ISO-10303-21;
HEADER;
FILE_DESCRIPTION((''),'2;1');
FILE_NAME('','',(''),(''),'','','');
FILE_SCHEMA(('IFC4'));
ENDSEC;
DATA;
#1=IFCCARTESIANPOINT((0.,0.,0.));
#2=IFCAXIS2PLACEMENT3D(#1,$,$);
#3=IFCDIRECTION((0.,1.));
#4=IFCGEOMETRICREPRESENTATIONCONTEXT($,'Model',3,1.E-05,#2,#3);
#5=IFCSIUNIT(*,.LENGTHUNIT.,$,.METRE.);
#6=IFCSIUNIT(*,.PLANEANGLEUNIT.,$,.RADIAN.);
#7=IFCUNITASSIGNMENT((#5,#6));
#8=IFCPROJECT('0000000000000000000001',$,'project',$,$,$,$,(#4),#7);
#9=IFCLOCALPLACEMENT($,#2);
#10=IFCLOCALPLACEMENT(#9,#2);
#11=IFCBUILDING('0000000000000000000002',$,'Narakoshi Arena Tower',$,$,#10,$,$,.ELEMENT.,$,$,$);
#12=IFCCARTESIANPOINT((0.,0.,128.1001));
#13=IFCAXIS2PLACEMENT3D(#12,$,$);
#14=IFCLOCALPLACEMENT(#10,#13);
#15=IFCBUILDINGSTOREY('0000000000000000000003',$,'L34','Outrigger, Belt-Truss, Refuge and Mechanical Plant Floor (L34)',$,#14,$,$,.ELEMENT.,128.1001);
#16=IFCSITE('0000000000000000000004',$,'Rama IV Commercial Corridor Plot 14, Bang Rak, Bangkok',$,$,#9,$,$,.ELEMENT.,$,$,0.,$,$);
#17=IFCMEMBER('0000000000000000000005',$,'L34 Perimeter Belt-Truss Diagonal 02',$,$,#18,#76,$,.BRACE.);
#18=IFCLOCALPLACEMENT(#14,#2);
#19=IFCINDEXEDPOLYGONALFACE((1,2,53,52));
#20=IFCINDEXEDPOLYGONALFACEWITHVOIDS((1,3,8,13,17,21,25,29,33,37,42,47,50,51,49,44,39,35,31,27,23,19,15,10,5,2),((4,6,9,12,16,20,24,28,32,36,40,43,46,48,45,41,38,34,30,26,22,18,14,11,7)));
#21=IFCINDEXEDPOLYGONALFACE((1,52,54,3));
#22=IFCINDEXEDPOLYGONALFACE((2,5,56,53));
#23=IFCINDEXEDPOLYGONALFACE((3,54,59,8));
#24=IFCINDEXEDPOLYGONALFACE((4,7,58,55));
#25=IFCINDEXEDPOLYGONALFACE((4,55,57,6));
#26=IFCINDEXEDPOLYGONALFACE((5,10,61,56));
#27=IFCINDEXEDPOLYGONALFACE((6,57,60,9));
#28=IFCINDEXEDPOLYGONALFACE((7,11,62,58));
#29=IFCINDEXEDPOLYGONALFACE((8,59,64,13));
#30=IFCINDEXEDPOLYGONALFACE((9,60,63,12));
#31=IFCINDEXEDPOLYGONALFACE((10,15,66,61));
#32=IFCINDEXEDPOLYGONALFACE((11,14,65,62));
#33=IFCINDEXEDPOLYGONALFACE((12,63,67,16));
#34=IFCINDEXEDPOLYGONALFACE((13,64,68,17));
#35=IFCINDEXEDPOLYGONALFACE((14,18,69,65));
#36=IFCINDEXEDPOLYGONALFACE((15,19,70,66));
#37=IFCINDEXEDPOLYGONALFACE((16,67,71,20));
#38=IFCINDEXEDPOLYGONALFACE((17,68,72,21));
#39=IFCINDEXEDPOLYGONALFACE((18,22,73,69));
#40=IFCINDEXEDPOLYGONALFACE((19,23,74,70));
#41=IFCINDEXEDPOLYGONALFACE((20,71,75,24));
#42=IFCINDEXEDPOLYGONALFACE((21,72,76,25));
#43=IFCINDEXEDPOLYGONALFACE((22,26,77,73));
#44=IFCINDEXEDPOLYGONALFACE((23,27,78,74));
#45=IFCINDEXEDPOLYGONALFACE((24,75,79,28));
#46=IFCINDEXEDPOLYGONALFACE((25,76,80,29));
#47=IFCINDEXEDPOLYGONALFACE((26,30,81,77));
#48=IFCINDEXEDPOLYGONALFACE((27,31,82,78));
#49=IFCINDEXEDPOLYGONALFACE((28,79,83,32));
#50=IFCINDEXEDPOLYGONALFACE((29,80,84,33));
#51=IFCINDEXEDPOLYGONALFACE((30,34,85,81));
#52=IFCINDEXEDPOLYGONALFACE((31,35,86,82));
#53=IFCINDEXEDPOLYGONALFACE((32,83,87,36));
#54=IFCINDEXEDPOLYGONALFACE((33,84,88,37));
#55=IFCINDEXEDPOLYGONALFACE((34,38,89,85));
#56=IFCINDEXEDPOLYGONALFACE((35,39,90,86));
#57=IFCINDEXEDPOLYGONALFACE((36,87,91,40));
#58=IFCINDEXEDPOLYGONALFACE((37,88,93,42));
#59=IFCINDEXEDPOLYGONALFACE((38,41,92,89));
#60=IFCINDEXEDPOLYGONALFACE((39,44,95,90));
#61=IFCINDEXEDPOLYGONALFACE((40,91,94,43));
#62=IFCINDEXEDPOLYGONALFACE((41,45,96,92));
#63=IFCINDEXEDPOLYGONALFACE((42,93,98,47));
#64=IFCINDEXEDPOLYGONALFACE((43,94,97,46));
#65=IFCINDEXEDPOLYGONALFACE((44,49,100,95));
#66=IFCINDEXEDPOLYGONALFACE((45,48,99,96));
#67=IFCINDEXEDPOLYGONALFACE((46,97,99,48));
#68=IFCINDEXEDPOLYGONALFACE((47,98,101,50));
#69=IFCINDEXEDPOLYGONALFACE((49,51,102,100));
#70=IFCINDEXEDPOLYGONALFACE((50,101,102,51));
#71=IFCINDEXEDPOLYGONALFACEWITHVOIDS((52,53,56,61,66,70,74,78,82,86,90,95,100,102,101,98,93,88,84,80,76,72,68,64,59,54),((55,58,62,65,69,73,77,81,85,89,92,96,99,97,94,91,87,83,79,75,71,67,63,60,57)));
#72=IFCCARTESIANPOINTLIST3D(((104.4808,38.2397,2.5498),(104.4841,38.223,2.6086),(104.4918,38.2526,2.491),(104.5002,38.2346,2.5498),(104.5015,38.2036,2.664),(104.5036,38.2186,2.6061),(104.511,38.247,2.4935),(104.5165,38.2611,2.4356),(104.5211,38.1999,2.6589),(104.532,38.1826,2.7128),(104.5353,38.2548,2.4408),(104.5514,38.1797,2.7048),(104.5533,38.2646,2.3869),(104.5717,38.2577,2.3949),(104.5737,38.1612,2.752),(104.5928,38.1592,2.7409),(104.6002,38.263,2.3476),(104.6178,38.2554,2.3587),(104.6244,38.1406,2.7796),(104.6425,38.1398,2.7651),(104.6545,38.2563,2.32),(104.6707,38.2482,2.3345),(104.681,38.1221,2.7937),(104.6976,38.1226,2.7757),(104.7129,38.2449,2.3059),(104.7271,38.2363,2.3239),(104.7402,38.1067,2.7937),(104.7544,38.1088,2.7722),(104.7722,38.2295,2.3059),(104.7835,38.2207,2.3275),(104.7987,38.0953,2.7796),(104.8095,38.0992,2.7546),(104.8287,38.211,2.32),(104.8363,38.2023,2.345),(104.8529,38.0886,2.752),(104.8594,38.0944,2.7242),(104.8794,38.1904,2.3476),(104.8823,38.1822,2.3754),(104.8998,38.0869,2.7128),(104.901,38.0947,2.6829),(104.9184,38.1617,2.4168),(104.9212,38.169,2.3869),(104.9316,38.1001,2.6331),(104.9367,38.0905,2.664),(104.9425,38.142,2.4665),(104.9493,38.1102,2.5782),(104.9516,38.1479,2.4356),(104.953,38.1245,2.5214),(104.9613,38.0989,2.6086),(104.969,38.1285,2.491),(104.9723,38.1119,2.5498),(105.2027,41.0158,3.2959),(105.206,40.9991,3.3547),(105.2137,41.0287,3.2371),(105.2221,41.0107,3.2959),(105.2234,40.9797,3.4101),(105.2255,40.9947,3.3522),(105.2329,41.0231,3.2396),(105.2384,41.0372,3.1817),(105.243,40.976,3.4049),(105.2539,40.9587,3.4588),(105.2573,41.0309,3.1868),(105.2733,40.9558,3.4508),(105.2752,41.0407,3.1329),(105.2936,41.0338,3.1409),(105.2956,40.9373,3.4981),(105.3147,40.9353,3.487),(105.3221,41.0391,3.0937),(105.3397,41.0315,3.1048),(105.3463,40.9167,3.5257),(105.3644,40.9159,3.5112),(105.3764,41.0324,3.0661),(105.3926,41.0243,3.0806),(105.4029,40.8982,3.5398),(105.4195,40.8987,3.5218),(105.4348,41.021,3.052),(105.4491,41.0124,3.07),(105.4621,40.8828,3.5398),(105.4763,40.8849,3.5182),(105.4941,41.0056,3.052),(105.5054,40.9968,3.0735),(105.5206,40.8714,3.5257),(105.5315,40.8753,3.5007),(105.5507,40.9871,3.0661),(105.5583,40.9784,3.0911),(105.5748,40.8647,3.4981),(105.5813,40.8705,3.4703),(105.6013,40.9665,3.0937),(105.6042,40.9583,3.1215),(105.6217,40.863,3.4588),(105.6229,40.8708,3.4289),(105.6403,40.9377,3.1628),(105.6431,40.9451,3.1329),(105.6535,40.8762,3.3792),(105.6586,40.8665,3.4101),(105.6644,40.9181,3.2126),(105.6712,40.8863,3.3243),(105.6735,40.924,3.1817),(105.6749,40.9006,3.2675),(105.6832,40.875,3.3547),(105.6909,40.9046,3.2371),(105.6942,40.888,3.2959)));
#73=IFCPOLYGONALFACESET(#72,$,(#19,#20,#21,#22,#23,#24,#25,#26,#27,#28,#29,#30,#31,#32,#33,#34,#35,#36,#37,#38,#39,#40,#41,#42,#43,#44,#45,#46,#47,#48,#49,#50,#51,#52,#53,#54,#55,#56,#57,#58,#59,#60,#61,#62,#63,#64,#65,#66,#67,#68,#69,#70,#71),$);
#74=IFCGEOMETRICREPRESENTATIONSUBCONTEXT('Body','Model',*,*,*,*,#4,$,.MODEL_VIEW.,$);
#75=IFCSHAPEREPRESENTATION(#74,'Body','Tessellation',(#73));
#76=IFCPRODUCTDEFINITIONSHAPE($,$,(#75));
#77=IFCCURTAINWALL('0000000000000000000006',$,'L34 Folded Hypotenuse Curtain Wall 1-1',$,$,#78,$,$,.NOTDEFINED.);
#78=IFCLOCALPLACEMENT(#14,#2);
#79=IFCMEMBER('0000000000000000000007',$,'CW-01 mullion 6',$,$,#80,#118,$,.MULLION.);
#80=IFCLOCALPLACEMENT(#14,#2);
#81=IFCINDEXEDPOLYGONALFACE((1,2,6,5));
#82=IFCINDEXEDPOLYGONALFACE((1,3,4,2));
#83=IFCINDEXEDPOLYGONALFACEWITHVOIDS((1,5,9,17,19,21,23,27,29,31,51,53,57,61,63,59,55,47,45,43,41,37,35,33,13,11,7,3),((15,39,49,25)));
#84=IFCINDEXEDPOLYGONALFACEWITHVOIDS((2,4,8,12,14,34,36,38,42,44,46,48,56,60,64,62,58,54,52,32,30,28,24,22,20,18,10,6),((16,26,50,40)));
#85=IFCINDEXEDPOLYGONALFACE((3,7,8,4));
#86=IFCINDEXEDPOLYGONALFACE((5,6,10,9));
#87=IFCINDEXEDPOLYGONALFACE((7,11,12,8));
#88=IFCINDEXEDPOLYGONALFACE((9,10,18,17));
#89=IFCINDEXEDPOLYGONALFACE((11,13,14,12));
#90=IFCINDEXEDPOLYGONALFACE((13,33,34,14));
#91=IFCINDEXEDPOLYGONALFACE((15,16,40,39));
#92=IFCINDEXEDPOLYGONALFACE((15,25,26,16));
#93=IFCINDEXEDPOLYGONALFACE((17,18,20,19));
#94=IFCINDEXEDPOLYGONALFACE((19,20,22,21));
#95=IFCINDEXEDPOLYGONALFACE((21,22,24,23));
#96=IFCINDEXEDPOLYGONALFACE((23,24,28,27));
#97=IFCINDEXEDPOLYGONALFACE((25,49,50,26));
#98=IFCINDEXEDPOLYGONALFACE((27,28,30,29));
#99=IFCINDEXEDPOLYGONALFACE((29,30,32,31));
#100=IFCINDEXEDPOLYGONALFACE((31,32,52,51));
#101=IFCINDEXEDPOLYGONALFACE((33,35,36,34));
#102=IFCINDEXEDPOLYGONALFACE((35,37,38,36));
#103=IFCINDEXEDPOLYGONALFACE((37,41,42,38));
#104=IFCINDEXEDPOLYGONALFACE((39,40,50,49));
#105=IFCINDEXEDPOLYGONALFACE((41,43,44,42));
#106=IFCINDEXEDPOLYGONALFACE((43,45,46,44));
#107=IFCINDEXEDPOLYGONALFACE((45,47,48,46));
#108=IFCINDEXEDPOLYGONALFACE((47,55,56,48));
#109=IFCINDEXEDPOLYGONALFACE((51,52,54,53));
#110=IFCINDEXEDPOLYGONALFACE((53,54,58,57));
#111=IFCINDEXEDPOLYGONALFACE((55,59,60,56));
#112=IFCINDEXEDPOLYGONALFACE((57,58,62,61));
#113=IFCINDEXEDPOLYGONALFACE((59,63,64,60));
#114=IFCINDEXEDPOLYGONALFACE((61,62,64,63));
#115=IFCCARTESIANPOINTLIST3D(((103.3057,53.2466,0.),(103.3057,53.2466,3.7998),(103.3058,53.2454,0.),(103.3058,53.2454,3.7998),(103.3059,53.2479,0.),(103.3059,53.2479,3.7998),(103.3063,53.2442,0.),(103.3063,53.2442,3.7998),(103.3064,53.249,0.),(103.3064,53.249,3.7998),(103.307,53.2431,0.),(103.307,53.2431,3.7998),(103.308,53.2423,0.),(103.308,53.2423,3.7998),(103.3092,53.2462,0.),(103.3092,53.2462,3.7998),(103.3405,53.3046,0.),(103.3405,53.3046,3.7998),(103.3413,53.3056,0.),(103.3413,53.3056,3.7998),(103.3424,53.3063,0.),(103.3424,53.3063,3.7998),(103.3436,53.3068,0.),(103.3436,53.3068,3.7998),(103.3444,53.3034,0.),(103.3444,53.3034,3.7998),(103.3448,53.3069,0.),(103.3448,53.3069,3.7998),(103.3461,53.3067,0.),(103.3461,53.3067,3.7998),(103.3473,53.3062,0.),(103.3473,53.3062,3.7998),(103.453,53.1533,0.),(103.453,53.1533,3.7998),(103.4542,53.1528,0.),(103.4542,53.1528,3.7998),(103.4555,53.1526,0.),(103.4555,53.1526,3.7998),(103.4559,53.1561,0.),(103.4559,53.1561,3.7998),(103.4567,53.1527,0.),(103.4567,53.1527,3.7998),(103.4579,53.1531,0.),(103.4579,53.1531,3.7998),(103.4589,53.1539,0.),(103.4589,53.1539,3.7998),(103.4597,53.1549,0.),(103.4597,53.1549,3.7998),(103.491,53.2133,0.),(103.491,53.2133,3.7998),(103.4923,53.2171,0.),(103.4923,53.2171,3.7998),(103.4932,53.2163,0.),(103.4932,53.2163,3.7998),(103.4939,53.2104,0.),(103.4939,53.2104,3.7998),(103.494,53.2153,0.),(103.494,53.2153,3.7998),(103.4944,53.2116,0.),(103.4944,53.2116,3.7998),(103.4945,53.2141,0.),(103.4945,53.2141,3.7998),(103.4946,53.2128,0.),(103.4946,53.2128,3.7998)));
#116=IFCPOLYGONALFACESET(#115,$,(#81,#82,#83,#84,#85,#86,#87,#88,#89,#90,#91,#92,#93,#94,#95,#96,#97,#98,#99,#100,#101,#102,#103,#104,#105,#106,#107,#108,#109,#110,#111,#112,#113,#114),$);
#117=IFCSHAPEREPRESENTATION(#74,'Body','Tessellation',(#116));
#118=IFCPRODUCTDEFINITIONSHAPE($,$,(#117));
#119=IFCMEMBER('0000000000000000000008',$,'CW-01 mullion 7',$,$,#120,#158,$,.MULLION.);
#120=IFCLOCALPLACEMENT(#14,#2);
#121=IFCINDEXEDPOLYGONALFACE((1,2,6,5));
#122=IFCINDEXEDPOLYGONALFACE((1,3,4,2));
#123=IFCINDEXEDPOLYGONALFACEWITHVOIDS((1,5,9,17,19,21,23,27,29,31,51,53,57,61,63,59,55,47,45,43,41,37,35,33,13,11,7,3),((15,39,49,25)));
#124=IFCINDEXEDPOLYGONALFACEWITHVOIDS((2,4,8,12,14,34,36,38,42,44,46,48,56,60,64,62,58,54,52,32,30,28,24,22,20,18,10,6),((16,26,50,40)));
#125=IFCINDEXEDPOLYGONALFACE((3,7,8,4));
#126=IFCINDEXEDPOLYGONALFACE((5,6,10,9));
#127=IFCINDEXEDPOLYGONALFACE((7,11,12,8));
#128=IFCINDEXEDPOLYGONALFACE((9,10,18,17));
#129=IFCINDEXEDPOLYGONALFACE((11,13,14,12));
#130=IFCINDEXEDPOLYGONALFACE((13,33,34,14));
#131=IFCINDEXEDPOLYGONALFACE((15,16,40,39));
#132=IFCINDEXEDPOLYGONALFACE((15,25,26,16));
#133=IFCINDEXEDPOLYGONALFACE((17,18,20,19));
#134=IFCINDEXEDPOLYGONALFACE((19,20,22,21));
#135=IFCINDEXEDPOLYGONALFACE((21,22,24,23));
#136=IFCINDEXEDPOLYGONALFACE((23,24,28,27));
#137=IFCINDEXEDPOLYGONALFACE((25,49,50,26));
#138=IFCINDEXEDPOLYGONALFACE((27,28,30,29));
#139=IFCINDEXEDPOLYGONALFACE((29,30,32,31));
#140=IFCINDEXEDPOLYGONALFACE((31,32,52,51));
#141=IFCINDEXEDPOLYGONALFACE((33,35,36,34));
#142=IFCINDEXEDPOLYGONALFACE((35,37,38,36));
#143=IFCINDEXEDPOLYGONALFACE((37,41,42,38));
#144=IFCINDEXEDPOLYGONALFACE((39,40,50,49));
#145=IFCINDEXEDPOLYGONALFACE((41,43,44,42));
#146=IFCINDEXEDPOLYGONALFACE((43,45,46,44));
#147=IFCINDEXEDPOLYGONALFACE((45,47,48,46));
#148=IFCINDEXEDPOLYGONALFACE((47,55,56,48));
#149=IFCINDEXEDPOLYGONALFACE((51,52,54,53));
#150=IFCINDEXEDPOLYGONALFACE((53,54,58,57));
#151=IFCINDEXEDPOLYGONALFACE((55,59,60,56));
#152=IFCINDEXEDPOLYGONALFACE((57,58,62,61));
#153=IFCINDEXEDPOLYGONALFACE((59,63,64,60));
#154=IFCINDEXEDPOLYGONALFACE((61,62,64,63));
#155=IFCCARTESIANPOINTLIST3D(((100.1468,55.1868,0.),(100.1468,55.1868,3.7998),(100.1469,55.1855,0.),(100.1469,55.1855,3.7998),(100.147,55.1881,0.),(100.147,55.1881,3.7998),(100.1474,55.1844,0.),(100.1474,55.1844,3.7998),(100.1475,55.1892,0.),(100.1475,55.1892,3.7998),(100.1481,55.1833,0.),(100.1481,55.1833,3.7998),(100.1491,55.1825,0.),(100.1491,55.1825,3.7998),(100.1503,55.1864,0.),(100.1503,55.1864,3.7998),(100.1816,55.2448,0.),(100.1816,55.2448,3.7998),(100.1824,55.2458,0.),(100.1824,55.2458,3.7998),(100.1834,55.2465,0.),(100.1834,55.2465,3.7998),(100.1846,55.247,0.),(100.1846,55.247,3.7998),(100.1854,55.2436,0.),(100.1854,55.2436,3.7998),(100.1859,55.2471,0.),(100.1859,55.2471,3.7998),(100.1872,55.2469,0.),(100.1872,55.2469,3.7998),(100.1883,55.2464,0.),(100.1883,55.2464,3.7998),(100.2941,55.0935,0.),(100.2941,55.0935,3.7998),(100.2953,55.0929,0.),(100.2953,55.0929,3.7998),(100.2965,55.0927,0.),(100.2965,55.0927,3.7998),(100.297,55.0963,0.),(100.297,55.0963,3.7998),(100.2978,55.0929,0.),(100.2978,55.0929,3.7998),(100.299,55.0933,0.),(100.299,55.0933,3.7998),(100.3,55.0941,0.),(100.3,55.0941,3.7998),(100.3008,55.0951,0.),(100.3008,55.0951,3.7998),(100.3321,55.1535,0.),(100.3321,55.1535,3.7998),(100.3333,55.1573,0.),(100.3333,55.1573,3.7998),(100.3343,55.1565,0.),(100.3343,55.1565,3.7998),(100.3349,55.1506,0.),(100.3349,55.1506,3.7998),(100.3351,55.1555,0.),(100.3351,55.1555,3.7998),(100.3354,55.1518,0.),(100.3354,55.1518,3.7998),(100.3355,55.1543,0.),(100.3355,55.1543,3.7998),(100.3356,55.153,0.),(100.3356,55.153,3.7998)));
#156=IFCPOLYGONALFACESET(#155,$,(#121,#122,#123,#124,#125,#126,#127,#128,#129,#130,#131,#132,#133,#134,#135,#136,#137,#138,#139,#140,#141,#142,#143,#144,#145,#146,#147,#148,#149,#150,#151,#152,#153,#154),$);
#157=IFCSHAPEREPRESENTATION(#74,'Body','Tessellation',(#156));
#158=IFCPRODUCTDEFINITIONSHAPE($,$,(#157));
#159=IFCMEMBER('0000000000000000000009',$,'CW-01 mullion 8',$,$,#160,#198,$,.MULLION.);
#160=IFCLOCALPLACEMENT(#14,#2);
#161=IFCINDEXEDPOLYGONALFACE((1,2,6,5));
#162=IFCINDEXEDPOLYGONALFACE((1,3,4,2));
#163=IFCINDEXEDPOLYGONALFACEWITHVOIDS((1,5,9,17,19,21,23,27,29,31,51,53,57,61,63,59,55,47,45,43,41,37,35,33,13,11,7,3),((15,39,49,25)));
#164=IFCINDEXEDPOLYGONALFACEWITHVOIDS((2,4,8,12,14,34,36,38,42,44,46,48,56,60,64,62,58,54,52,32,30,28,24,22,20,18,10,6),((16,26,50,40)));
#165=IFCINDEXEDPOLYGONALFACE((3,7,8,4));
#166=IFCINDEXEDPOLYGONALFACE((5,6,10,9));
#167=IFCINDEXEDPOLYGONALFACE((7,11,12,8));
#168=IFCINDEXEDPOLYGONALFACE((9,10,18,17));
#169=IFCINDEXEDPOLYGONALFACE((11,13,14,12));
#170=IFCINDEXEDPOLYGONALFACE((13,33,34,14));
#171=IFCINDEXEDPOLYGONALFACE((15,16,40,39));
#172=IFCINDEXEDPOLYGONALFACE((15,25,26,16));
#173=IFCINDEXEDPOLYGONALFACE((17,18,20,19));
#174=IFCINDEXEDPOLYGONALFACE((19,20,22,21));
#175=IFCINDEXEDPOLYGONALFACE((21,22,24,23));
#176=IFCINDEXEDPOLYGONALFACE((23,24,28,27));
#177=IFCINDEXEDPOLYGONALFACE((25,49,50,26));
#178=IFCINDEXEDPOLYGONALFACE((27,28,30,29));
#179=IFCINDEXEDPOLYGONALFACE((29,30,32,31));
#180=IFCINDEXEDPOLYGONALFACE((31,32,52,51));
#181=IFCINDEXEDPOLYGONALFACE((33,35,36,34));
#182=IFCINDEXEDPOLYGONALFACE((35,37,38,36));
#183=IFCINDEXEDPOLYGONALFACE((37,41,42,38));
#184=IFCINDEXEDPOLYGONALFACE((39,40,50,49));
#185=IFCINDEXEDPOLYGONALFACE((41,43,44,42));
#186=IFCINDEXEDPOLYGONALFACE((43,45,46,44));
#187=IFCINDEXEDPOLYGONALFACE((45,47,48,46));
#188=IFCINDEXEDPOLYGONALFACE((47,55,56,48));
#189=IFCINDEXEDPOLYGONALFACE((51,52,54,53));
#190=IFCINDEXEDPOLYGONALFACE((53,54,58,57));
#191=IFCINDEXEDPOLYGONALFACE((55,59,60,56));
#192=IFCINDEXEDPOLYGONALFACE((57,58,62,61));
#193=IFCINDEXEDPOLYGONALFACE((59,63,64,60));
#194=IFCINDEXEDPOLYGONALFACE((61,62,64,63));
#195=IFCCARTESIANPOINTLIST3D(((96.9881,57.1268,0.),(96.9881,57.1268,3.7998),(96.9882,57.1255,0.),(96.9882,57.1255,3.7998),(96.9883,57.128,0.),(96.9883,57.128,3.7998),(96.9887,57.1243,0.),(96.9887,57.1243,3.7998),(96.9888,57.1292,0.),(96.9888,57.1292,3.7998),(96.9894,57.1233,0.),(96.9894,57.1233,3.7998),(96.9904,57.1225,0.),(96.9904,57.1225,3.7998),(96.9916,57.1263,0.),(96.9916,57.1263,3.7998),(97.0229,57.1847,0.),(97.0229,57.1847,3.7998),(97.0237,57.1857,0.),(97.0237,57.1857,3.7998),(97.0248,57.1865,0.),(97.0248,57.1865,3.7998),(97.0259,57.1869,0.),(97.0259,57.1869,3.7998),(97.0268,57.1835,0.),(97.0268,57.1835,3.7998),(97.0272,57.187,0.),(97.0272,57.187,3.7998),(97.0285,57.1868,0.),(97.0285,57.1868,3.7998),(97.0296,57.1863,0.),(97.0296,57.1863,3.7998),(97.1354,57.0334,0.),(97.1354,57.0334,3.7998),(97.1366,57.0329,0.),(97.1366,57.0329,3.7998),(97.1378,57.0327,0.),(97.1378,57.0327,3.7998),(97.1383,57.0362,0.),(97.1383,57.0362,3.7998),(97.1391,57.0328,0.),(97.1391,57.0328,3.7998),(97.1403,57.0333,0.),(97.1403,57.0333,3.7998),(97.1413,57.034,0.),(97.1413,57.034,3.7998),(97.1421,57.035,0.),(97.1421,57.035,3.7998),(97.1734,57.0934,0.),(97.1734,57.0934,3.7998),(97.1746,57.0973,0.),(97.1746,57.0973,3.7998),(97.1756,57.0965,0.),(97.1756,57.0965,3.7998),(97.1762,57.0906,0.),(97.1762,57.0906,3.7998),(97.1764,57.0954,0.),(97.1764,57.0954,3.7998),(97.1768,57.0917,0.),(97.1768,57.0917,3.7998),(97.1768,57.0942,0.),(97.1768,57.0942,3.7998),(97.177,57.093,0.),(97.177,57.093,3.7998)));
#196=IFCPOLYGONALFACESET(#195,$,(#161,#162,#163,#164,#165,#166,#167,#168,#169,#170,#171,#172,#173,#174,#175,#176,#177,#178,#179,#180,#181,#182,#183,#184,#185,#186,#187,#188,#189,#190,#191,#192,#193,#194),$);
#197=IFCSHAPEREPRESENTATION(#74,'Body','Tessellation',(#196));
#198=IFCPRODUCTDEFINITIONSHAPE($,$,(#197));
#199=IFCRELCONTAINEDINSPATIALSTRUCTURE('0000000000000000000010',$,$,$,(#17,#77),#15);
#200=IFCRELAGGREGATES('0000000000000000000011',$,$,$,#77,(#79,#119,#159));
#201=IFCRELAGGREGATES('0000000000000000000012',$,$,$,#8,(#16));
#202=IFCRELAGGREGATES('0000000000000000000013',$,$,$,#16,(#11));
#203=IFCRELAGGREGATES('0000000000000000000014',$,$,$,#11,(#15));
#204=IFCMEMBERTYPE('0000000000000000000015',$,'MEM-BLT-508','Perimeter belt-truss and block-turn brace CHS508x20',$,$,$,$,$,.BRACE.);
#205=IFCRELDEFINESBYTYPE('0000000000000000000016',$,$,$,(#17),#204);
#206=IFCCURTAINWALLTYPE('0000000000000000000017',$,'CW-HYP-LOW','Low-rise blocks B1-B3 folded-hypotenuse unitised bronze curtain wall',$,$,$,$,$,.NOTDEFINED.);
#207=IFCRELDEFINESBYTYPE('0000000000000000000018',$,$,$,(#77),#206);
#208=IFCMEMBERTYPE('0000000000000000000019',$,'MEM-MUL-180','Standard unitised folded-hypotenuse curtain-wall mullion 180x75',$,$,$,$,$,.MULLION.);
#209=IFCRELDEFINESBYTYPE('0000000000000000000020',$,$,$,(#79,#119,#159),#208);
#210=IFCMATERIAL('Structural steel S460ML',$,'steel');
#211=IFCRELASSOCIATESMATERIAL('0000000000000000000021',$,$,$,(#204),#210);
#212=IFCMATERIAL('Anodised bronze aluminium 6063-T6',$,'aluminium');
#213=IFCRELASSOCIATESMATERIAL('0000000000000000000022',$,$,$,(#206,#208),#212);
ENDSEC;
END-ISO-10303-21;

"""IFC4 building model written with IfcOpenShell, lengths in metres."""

from ifc_helpers import new_model, si_unit, direction, frame, origin, origin_2d, place, context, subcontext, project, spatial, hollow_rectangle, hollow_circle, extrude, material, material_profile, profile_set, type_object, element, aggregate, save


model = new_model("IFC4")

# Units and contexts
model_context = context("Model", 3, precision=1e-05, world=origin(), true_north=direction((0.0, 1.0)))
body_context = subcontext(model_context, "Body", "Model", "MODEL_VIEW")
ifc_project = project(units=[si_unit("LENGTHUNIT", "METRE"), si_unit("PLANEANGLEUNIT", "RADIAN")], contexts=[model_context])

# Site, building, storey
site_placement = place(None, origin())
site = spatial("IfcSite", under=ifc_project, at=site_placement, Name="Rama IV Commercial Corridor Plot 14, Bang Rak, Bangkok", CompositionType="ELEMENT", RefElevation=0.0)
building_placement = place(site_placement, origin())
building = spatial("IfcBuilding", under=site, at=building_placement, Name="Narakoshi Arena Tower", CompositionType="ELEMENT")
storey_placement = place(building_placement, frame((0.0, 0.0, 128.1001)))
storey = spatial("IfcBuildingStorey", under=building, at=storey_placement, Name="L34", Description="Outrigger, Belt-Truss, Refuge and Mechanical Plant Floor (L34)", CompositionType="ELEMENT", Elevation=128.1001)

# Shared definitions
ifc_material_1 = material(Name="Structural steel S460ML", Category="steel")

# Member
ifc_material_profile_1 = material_profile(ifc_material_1, hollow_circle(Radius=0.2539, WallThickness=0.02, at=origin_2d()), Name="CHS508x20")
ifc_profile_set_1 = profile_set([ifc_material_profile_1], Name="Structural steel S460ML")
member_type_1 = type_object("IfcMemberType", Name="MEM-BLT-508", Description="Perimeter belt-truss and block-turn brace CHS508x20", PredefinedType="BRACE", material=ifc_profile_set_1)
member_1_placement = place(storey_placement, frame((104.7266, 38.1758, 2.5498), z_axis=(0.243572, 0.936646, 0.251727), x_axis=(-0.967811, 0.251677, 0.0)))
element("IfcMember", 1, at=member_1_placement, inside=storey, type_object=member_type_1, Name="L34 Perimeter Belt-Truss Diagonal 02", PredefinedType="BRACE", context=body_context, shape_type="SweptSolid", body=[
    extrude(hollow_circle(Radius=0.2539, WallThickness=0.02, at=origin_2d()), origin(), (0.0, 0.0, 1.0), 2.9639),
])

# Curtain wall, members
ifc_material_2 = material(Name="Anodised bronze aluminium 6063-T6", Category="aluminium")
curtain_wall_type = type_object("IfcCurtainWallType", Name="CW-HYP-LOW", Description="Low-rise blocks B1-B3 folded-hypotenuse unitised bronze curtain wall", PredefinedType="NOTDEFINED", material=ifc_material_2)
curtain_wall_placement = place(storey_placement, origin())
curtain_wall = element("IfcCurtainWall", 2, at=curtain_wall_placement, inside=storey, type_object=curtain_wall_type, Name="L34 Folded Hypotenuse Curtain Wall 1-1", PredefinedType="NOTDEFINED")
ifc_material_profile_2 = material_profile(ifc_material_2, hollow_rectangle(XDim=0.075, YDim=0.1799, WallThickness=0.0039, OuterFilletRadius=0.0049, at=origin_2d()), Name="MUL180x75x4")
ifc_profile_set_2 = profile_set([ifc_material_profile_2], Name="Anodised bronze aluminium 6063-T6")
member_type_2 = type_object("IfcMemberType", Name="MEM-MUL-180", Description="Standard unitised folded-hypotenuse curtain-wall mullion 180x75", PredefinedType="MULLION", material=ifc_profile_set_2)
member_2_placement = place(storey_placement, frame((103.4001, 53.2297, 0.0), z_axis=(0.0, 0.0, 1.0), x_axis=(-0.523358, -0.852113, 0.0)))
member_2 = element("IfcMember", 3, at=member_2_placement, type_object=member_type_2, Name="CW-01 mullion 6", PredefinedType="MULLION", context=body_context, shape_type="SweptSolid", body=[
    extrude(hollow_rectangle(XDim=0.075, YDim=0.1799, WallThickness=0.0039, OuterFilletRadius=0.0049, at=origin_2d()), origin(), (0.0, 0.0, 1.0), 3.7998),
])
member_3_placement = place(storey_placement, frame((100.2412, 55.1699, 0.0), z_axis=(0.0, 0.0, 1.0), x_axis=(-0.523358, -0.852113, 0.0)))
member_3 = element("IfcMember", 4, at=member_3_placement, type_object=member_type_2, Name="CW-01 mullion 7", PredefinedType="MULLION", context=body_context, shape_type="SweptSolid", body=[
    extrude(hollow_rectangle(XDim=0.075, YDim=0.1799, WallThickness=0.0039, OuterFilletRadius=0.0049, at=origin_2d()), origin(), (0.0, 0.0, 1.0), 3.7998),
])
member_4_placement = place(storey_placement, frame((97.0825, 57.1099, 0.0), z_axis=(0.0, 0.0, 1.0), x_axis=(-0.523358, -0.852113, 0.0)))
member_4 = element("IfcMember", 5, at=member_4_placement, type_object=member_type_2, Name="CW-01 mullion 8", PredefinedType="MULLION", context=body_context, shape_type="SweptSolid", body=[
    extrude(hollow_rectangle(XDim=0.075, YDim=0.1799, WallThickness=0.0039, OuterFilletRadius=0.0049, at=origin_2d()), origin(), (0.0, 0.0, 1.0), 3.7998),
])
aggregate(curtain_wall, [member_2, member_3, member_4])

save(model, "model.ifc")
